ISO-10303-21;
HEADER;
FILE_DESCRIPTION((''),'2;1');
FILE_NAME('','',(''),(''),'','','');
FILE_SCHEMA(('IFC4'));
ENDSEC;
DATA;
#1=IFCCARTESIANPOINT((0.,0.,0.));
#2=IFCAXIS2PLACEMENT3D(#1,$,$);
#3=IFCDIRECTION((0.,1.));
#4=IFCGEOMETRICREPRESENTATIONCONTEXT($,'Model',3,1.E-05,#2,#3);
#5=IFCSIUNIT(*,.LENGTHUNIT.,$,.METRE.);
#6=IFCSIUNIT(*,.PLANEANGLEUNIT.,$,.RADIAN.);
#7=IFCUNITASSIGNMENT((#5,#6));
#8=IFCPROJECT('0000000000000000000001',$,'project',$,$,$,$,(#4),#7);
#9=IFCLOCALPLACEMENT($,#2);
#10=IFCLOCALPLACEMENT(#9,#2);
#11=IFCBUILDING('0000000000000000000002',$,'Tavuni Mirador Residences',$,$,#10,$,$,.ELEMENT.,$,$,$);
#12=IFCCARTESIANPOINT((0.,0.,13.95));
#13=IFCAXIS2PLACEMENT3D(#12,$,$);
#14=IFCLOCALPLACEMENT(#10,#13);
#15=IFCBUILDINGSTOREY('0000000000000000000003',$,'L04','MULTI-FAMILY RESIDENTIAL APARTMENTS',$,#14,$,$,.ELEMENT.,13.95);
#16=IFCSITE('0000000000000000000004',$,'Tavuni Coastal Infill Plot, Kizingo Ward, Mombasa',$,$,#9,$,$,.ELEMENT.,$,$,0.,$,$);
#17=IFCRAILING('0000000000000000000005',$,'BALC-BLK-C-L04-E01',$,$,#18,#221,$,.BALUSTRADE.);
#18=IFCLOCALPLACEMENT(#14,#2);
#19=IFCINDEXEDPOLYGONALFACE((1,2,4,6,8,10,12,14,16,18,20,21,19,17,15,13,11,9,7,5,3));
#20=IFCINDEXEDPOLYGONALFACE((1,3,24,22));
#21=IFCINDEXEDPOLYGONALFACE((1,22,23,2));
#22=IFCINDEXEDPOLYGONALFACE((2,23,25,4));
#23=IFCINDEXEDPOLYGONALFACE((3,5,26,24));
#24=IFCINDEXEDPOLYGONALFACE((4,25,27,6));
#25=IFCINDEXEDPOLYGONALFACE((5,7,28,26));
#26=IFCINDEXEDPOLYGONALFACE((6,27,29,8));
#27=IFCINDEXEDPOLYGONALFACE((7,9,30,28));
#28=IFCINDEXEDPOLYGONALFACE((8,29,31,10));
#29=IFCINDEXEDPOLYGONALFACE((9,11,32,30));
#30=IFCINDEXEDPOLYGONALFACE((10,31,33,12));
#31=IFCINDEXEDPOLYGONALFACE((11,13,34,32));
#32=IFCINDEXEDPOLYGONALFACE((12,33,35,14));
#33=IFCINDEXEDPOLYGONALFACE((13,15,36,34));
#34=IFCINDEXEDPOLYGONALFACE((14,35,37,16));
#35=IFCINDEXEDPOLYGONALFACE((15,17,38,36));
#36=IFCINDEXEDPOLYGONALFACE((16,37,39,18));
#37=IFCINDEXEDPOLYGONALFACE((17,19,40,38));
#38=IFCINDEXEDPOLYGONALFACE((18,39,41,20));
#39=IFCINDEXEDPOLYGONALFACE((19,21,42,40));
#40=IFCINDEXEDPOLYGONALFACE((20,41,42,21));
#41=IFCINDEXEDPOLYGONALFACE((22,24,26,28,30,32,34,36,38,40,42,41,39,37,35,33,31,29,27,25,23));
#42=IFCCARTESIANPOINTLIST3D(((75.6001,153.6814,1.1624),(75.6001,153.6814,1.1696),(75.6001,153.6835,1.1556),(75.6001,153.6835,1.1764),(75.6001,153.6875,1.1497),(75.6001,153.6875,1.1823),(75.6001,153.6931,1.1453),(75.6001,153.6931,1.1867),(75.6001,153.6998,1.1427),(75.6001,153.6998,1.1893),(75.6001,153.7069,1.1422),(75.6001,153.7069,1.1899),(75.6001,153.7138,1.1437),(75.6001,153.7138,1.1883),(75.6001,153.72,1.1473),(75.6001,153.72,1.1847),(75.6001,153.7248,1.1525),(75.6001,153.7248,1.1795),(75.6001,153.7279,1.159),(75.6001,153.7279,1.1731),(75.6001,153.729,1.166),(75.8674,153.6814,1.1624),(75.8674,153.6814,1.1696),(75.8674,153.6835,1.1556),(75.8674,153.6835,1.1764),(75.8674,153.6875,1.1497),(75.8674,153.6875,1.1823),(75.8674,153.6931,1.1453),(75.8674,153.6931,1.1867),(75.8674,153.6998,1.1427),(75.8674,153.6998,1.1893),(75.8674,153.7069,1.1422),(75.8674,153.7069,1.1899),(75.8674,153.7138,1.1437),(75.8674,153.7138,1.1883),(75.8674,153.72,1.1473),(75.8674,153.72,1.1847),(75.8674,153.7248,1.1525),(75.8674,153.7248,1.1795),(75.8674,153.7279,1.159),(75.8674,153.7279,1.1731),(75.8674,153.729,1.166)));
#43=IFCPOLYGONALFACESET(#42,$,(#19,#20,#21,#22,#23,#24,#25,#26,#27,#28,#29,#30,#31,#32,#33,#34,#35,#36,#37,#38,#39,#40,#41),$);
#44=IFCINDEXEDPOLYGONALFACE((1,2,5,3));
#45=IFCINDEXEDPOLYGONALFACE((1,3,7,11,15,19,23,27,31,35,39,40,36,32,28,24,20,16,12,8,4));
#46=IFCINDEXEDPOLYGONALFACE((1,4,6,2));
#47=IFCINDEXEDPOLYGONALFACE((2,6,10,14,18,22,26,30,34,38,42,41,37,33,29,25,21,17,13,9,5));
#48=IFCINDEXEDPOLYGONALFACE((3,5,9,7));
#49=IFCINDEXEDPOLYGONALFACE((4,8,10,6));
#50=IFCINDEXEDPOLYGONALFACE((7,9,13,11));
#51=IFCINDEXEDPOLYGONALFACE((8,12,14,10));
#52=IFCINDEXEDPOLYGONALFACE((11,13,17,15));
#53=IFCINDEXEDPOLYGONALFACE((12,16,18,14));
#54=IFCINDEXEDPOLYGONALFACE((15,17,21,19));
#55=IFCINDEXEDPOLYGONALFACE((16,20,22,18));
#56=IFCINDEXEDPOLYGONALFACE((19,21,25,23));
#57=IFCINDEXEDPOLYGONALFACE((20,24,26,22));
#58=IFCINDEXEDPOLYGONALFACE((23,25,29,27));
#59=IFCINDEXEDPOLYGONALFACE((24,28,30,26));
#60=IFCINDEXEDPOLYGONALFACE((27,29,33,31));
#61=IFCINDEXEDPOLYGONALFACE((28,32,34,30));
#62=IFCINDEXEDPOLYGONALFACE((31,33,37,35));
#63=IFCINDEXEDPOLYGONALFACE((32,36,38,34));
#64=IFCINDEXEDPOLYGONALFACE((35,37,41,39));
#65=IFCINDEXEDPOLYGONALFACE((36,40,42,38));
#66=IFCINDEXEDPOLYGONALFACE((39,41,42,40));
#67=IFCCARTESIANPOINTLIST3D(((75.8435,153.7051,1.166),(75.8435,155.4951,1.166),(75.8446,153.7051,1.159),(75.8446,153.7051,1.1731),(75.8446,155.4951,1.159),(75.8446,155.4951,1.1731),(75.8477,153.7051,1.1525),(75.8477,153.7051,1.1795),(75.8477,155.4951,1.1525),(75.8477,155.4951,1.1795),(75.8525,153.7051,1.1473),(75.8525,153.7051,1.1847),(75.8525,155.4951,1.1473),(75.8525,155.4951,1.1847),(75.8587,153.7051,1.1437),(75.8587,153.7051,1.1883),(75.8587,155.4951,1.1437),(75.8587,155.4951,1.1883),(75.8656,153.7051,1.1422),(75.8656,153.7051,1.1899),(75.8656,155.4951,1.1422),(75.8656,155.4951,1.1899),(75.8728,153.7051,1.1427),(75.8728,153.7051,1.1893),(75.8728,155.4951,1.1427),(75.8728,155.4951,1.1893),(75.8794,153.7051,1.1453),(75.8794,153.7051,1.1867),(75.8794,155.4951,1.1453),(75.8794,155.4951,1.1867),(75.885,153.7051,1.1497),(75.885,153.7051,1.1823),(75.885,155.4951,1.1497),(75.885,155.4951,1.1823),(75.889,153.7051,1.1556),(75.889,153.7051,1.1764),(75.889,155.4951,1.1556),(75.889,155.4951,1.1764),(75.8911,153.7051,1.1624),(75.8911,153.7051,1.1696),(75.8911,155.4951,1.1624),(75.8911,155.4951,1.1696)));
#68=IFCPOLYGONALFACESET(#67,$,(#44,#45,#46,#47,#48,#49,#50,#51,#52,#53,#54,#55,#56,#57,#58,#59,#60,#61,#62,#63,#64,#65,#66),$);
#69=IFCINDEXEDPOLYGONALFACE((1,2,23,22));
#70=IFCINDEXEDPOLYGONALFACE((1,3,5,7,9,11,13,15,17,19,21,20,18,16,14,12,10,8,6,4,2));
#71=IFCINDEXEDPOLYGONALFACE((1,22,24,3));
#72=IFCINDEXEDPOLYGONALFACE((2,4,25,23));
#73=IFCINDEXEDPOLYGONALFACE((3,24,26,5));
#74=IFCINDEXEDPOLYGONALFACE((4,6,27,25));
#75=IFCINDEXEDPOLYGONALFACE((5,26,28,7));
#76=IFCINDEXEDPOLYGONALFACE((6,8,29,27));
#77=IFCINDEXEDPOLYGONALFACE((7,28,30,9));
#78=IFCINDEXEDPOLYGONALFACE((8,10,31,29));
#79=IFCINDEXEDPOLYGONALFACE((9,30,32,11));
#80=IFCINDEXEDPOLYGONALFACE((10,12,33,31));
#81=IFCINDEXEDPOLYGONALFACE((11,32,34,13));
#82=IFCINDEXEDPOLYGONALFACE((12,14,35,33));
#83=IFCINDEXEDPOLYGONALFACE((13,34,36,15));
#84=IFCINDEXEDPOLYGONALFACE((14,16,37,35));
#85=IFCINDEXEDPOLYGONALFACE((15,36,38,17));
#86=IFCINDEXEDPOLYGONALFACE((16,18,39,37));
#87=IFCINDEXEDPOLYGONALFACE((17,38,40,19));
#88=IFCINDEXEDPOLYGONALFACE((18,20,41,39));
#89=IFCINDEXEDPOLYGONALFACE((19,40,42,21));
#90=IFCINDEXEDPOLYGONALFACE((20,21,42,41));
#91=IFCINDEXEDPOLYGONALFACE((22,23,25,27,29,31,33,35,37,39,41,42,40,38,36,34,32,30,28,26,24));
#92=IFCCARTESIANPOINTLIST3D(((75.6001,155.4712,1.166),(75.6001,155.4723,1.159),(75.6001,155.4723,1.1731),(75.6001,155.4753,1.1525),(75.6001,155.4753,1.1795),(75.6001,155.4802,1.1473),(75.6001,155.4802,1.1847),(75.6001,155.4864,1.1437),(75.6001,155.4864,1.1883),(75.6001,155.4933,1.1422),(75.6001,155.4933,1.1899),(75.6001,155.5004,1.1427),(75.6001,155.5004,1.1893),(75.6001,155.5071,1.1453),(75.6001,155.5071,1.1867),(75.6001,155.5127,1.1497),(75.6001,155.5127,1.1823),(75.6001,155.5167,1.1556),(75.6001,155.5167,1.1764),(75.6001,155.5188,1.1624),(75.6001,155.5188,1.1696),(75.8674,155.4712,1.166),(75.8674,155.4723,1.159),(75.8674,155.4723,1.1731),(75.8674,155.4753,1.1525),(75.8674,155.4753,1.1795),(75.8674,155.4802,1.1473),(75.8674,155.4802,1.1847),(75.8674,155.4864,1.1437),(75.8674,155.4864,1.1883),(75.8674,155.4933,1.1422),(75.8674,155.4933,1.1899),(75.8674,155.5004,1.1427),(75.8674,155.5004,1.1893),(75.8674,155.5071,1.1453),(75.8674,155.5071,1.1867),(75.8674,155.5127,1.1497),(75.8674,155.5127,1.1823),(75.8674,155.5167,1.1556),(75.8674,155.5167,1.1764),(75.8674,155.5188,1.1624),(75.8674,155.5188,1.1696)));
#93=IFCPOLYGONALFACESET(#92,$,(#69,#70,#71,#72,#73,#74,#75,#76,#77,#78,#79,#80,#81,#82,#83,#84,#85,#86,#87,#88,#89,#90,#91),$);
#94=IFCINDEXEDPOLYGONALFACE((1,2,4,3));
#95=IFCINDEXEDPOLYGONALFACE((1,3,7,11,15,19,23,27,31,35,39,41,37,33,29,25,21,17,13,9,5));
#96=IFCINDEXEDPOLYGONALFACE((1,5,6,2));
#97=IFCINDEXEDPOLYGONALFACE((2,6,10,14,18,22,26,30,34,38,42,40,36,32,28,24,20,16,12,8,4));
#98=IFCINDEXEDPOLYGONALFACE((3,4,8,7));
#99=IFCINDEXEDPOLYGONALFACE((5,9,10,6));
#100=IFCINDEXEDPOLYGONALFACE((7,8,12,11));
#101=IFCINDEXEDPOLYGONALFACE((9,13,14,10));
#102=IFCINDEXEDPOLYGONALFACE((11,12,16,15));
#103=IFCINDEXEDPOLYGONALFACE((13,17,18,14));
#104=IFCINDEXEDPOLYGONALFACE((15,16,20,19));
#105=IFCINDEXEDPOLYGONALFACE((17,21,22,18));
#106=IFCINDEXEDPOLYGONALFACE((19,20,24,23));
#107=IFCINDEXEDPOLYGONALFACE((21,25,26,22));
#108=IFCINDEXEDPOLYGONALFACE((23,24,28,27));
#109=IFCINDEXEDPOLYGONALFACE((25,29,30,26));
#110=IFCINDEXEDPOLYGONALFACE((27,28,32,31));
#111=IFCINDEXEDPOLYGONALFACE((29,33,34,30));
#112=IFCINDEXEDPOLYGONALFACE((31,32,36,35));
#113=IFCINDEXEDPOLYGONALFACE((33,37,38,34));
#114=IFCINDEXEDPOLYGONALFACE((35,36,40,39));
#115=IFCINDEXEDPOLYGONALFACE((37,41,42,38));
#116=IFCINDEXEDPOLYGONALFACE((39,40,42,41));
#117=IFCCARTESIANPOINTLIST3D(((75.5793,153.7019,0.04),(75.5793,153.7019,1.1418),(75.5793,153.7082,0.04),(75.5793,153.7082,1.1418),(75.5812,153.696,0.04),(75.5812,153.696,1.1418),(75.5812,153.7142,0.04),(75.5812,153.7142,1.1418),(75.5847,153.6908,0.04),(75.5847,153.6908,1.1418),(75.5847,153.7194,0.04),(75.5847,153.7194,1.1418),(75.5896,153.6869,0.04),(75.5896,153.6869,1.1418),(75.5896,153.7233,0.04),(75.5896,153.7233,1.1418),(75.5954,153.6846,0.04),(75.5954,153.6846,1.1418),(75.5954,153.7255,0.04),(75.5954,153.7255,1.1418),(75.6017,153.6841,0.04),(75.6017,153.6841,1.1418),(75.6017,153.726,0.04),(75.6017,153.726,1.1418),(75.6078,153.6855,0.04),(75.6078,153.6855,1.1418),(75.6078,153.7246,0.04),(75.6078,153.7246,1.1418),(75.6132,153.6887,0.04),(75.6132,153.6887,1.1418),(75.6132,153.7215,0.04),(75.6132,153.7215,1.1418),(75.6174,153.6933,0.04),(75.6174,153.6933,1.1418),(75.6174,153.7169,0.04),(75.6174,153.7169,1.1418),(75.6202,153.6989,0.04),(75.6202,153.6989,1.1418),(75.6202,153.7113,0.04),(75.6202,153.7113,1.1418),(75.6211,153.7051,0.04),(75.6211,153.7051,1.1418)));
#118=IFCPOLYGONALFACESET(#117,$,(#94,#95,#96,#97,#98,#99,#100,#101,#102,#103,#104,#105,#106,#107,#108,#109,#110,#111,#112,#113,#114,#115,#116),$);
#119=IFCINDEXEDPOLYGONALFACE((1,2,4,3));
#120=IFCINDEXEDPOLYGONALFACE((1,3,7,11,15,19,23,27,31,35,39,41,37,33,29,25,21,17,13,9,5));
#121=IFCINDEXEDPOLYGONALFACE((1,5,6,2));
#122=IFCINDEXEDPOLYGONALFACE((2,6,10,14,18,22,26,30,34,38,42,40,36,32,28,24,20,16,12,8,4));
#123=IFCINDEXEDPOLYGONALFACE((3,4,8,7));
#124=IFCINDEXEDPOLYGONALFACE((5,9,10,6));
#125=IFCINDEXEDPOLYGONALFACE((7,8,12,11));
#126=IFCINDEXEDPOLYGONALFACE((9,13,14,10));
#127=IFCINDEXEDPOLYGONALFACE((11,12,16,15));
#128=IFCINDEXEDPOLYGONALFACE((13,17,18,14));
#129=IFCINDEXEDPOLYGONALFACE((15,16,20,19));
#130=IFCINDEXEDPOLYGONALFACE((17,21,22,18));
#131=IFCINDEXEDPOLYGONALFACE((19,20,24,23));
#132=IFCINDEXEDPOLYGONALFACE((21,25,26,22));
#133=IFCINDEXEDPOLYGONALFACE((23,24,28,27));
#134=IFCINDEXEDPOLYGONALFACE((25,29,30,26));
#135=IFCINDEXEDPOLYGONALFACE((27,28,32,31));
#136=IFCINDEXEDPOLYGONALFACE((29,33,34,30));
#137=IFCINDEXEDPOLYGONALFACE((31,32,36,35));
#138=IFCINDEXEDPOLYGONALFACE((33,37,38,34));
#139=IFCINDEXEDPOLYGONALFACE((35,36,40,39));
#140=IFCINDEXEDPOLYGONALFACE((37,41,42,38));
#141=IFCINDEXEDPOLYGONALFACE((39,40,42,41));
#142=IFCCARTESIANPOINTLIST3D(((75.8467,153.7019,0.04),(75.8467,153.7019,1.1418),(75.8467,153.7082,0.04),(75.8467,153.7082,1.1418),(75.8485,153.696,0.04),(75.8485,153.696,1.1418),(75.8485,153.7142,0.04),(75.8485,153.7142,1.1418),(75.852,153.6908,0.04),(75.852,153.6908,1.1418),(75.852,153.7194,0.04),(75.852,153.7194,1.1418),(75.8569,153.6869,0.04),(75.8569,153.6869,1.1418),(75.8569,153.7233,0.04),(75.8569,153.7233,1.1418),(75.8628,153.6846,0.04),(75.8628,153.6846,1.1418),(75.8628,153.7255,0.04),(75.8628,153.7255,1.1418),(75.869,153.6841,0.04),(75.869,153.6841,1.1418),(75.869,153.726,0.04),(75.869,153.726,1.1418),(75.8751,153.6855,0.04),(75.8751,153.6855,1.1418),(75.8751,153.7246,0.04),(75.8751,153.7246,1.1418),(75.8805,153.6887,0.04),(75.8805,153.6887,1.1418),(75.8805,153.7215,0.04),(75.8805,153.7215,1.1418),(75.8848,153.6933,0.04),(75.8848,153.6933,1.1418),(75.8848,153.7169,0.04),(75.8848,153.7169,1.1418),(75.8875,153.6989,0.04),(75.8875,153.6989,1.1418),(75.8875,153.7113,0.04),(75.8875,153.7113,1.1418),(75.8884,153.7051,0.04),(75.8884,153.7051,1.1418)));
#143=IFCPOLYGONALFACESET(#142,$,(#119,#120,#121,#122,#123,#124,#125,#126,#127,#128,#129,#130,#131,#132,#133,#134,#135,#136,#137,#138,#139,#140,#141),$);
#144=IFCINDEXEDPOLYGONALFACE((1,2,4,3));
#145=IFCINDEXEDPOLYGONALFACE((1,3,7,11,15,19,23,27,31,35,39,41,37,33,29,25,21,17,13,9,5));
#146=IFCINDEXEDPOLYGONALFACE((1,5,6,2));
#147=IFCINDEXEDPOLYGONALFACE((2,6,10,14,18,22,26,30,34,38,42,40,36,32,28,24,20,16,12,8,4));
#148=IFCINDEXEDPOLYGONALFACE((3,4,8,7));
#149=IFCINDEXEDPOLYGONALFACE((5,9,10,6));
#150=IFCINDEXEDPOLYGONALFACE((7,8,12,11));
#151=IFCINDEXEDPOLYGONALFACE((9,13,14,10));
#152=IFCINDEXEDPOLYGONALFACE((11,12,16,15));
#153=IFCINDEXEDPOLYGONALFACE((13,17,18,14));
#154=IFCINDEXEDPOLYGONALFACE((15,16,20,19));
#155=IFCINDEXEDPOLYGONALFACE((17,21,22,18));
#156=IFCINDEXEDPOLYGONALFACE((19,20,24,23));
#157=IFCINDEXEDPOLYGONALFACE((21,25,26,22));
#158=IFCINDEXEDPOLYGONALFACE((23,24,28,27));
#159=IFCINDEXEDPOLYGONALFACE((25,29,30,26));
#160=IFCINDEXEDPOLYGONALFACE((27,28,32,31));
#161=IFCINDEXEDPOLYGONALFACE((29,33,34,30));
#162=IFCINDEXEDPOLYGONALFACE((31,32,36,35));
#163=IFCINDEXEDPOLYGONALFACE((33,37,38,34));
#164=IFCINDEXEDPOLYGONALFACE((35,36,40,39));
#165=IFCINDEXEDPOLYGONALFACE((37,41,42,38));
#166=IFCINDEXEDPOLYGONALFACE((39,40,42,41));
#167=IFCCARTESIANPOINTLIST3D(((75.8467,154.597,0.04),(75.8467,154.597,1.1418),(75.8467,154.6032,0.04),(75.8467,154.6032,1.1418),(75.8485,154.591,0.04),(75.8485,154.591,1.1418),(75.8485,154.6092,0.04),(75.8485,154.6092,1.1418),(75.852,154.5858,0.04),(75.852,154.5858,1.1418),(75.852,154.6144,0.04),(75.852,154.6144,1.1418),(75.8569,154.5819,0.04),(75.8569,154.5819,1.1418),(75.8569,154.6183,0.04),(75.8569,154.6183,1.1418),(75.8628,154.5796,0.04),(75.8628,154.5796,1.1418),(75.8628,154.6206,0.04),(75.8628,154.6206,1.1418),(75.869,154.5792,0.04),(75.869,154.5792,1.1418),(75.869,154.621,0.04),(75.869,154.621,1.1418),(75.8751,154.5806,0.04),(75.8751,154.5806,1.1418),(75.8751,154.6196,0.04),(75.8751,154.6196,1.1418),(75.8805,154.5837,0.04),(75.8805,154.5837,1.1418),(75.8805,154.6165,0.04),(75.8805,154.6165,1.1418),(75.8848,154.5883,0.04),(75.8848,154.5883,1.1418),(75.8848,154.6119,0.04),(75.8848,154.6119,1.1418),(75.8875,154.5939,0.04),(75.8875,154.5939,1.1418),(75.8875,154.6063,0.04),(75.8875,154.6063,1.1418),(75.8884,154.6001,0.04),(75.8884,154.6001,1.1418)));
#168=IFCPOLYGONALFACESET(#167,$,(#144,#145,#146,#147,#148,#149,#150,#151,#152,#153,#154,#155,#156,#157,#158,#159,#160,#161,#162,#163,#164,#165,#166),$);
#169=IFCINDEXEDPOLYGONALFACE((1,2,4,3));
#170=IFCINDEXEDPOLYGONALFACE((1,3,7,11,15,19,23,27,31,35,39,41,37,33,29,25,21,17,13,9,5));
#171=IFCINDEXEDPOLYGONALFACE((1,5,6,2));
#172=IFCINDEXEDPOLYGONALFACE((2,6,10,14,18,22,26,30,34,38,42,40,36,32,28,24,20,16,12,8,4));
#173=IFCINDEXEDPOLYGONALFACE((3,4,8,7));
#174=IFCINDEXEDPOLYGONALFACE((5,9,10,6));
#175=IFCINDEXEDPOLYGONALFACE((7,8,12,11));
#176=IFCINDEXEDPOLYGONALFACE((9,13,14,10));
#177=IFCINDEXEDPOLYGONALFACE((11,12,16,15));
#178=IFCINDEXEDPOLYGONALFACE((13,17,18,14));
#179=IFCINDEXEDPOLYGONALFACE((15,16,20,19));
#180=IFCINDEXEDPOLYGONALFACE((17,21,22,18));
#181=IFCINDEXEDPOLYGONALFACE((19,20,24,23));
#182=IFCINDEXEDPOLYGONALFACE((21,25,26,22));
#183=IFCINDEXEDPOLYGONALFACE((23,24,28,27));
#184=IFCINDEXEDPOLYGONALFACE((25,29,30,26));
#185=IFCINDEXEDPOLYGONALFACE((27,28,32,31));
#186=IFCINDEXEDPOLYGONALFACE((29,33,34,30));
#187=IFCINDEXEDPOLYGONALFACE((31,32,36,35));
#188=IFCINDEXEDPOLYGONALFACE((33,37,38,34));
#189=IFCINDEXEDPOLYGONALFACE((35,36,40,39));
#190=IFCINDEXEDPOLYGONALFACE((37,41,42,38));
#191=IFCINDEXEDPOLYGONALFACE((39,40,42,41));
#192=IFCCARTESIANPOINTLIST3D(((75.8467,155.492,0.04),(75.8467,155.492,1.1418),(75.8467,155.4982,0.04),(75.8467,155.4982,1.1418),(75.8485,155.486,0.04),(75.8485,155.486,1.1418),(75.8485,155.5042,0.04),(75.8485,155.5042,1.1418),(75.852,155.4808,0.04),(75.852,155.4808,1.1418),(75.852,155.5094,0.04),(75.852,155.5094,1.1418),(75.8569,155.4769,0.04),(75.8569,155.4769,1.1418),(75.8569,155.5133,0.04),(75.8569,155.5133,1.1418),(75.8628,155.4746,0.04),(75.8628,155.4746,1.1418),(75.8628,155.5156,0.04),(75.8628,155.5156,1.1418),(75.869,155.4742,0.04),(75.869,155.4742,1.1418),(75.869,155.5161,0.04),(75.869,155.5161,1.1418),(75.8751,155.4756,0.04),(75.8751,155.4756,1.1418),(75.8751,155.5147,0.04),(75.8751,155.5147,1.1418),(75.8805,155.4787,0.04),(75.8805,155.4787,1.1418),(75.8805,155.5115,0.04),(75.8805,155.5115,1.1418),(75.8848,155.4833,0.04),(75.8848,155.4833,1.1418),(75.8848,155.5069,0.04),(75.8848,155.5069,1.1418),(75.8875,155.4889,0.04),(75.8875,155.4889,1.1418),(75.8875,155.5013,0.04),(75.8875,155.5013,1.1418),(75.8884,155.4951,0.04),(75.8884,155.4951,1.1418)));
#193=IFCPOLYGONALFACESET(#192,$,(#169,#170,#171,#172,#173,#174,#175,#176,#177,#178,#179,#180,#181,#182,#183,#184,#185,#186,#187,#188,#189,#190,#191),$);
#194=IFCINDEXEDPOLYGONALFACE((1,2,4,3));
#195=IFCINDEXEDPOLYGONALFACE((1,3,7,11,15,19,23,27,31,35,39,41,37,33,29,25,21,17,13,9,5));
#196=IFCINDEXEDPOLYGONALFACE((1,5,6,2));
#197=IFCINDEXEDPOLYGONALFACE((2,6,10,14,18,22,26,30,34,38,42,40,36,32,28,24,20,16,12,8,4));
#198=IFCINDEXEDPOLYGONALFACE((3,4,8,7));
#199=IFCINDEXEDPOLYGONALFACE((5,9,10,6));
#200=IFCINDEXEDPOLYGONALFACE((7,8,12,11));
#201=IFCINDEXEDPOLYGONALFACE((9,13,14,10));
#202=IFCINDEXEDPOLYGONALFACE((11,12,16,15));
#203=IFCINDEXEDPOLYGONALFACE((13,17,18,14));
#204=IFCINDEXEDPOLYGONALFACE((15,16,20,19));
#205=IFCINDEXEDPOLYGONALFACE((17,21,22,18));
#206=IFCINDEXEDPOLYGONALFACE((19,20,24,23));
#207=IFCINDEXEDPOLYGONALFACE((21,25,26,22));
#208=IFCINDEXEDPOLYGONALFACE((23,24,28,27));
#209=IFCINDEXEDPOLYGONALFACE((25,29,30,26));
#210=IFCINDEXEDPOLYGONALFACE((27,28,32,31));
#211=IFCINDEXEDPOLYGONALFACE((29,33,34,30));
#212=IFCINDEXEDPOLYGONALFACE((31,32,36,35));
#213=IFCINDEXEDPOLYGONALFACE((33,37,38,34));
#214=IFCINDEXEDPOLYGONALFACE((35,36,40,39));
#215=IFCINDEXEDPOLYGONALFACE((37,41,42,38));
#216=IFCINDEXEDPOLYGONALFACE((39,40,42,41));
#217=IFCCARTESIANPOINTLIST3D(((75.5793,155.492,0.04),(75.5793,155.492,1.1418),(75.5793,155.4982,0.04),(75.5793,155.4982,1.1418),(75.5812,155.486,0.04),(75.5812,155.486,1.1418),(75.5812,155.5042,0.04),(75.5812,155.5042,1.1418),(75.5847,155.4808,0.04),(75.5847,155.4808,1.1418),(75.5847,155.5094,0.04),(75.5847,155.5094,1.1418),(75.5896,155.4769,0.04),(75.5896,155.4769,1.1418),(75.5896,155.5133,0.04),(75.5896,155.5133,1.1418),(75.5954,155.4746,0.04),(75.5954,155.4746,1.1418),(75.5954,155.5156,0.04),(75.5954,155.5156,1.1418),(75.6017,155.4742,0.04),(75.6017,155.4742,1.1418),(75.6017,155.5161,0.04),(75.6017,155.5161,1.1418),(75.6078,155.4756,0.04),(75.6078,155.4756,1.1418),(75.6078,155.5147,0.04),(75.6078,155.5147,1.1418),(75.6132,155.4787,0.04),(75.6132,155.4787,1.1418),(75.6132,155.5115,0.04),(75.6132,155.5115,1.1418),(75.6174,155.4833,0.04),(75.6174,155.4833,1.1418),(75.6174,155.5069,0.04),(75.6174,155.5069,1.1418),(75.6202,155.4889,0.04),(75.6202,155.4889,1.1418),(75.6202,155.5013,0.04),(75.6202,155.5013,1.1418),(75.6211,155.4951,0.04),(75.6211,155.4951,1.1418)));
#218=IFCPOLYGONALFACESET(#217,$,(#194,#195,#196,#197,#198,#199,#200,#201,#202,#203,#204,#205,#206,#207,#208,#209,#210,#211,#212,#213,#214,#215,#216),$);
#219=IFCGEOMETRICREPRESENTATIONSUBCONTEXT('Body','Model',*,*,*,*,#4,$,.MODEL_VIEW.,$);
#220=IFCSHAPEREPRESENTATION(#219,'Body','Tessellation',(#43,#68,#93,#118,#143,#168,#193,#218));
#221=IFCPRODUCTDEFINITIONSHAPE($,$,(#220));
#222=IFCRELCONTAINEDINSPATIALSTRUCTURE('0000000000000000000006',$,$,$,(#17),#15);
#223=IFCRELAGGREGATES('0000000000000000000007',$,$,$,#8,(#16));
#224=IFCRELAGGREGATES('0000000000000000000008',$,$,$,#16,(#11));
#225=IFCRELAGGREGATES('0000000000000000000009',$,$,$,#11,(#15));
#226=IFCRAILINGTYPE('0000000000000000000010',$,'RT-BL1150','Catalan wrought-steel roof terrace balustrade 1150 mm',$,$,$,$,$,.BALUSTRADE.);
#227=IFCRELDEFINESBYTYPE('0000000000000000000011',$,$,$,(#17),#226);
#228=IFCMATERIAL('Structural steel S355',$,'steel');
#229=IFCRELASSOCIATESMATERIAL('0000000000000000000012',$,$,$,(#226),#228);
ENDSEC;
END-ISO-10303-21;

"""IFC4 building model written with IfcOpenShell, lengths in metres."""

from ifc_helpers import new_model, si_unit, direction, frame, origin, origin_2d, place, context, subcontext, project, spatial, circle, extrude, material, type_object, element, save


model = new_model("IFC4")

# Units and contexts
model_context = context("Model", 3, precision=1e-05, world=origin(), true_north=direction((0.0, 1.0)))
body_context = subcontext(model_context, "Body", "Model", "MODEL_VIEW")
ifc_project = project(units=[si_unit("LENGTHUNIT", "METRE"), si_unit("PLANEANGLEUNIT", "RADIAN")], contexts=[model_context])

# Site, building, storey
site_placement = place(None, origin())
site = spatial("IfcSite", under=ifc_project, at=site_placement, Name="Tavuni Coastal Infill Plot, Kizingo Ward, Mombasa", CompositionType="ELEMENT", RefElevation=0.0)
building_placement = place(site_placement, origin())
building = spatial("IfcBuilding", under=site, at=building_placement, Name="Tavuni Mirador Residences", CompositionType="ELEMENT")
storey_placement = place(building_placement, frame((0.0, 0.0, 13.95)))
storey = spatial("IfcBuildingStorey", under=building, at=storey_placement, Name="L04", Description="MULTI-FAMILY RESIDENTIAL APARTMENTS", CompositionType="ELEMENT", Elevation=13.95)

# Railing
ifc_material_1 = material(Name="Structural steel S355", Category="steel")
railing_type = type_object("IfcRailingType", Name="RT-BL1150", Description="Catalan wrought-steel roof terrace balustrade 1150 mm", PredefinedType="BALUSTRADE", material=ifc_material_1)
railing_placement = place(storey_placement, frame((75.6001, 153.7051, 0.04)))
element("IfcRailing", 1, at=railing_placement, inside=storey, type_object=railing_type, Name="BALC-BLK-C-L04-E01", PredefinedType="BALUSTRADE", context=body_context, shape_type="SweptSolid", body=[
    extrude(circle(Radius=0.0239, at=origin_2d()), frame((0.0, 0.0, 1.126), z_axis=(1.0, 0.0, 0.0), x_axis=(0.0, 1.0, 0.0)), (0.0, 0.0, 1.0), 0.2673),
    extrude(circle(Radius=0.0239, at=origin_2d()), frame((0.2673, 0.0, 1.126), z_axis=(0.0, 1.0, 0.0), x_axis=(-1.0, 0.0, 0.0)), (0.0, 0.0, 1.0), 1.79),
    extrude(circle(Radius=0.0239, at=origin_2d()), frame((0.2673, 1.79, 1.126), z_axis=(-1.0, 0.0, 0.0), x_axis=(0.0, -1.0, 0.0)), (0.0, 0.0, 1.0), 0.2673),
    extrude(circle(Radius=0.021, at=origin_2d()), origin(), (0.0, 0.0, 1.0), 1.1018),
    extrude(circle(Radius=0.021, at=origin_2d()), frame((0.2673, 0.0, 0.0)), (0.0, 0.0, 1.0), 1.1018),
    extrude(circle(Radius=0.021, at=origin_2d()), frame((0.2673, 0.895, 0.0)), (0.0, 0.0, 1.0), 1.1018),
    extrude(circle(Radius=0.021, at=origin_2d()), frame((0.2673, 1.79, 0.0)), (0.0, 0.0, 1.0), 1.1018),
    extrude(circle(Radius=0.021, at=origin_2d()), frame((0.0, 1.79, 0.0)), (0.0, 0.0, 1.0), 1.1018),
])

save(model, "model.ifc")
